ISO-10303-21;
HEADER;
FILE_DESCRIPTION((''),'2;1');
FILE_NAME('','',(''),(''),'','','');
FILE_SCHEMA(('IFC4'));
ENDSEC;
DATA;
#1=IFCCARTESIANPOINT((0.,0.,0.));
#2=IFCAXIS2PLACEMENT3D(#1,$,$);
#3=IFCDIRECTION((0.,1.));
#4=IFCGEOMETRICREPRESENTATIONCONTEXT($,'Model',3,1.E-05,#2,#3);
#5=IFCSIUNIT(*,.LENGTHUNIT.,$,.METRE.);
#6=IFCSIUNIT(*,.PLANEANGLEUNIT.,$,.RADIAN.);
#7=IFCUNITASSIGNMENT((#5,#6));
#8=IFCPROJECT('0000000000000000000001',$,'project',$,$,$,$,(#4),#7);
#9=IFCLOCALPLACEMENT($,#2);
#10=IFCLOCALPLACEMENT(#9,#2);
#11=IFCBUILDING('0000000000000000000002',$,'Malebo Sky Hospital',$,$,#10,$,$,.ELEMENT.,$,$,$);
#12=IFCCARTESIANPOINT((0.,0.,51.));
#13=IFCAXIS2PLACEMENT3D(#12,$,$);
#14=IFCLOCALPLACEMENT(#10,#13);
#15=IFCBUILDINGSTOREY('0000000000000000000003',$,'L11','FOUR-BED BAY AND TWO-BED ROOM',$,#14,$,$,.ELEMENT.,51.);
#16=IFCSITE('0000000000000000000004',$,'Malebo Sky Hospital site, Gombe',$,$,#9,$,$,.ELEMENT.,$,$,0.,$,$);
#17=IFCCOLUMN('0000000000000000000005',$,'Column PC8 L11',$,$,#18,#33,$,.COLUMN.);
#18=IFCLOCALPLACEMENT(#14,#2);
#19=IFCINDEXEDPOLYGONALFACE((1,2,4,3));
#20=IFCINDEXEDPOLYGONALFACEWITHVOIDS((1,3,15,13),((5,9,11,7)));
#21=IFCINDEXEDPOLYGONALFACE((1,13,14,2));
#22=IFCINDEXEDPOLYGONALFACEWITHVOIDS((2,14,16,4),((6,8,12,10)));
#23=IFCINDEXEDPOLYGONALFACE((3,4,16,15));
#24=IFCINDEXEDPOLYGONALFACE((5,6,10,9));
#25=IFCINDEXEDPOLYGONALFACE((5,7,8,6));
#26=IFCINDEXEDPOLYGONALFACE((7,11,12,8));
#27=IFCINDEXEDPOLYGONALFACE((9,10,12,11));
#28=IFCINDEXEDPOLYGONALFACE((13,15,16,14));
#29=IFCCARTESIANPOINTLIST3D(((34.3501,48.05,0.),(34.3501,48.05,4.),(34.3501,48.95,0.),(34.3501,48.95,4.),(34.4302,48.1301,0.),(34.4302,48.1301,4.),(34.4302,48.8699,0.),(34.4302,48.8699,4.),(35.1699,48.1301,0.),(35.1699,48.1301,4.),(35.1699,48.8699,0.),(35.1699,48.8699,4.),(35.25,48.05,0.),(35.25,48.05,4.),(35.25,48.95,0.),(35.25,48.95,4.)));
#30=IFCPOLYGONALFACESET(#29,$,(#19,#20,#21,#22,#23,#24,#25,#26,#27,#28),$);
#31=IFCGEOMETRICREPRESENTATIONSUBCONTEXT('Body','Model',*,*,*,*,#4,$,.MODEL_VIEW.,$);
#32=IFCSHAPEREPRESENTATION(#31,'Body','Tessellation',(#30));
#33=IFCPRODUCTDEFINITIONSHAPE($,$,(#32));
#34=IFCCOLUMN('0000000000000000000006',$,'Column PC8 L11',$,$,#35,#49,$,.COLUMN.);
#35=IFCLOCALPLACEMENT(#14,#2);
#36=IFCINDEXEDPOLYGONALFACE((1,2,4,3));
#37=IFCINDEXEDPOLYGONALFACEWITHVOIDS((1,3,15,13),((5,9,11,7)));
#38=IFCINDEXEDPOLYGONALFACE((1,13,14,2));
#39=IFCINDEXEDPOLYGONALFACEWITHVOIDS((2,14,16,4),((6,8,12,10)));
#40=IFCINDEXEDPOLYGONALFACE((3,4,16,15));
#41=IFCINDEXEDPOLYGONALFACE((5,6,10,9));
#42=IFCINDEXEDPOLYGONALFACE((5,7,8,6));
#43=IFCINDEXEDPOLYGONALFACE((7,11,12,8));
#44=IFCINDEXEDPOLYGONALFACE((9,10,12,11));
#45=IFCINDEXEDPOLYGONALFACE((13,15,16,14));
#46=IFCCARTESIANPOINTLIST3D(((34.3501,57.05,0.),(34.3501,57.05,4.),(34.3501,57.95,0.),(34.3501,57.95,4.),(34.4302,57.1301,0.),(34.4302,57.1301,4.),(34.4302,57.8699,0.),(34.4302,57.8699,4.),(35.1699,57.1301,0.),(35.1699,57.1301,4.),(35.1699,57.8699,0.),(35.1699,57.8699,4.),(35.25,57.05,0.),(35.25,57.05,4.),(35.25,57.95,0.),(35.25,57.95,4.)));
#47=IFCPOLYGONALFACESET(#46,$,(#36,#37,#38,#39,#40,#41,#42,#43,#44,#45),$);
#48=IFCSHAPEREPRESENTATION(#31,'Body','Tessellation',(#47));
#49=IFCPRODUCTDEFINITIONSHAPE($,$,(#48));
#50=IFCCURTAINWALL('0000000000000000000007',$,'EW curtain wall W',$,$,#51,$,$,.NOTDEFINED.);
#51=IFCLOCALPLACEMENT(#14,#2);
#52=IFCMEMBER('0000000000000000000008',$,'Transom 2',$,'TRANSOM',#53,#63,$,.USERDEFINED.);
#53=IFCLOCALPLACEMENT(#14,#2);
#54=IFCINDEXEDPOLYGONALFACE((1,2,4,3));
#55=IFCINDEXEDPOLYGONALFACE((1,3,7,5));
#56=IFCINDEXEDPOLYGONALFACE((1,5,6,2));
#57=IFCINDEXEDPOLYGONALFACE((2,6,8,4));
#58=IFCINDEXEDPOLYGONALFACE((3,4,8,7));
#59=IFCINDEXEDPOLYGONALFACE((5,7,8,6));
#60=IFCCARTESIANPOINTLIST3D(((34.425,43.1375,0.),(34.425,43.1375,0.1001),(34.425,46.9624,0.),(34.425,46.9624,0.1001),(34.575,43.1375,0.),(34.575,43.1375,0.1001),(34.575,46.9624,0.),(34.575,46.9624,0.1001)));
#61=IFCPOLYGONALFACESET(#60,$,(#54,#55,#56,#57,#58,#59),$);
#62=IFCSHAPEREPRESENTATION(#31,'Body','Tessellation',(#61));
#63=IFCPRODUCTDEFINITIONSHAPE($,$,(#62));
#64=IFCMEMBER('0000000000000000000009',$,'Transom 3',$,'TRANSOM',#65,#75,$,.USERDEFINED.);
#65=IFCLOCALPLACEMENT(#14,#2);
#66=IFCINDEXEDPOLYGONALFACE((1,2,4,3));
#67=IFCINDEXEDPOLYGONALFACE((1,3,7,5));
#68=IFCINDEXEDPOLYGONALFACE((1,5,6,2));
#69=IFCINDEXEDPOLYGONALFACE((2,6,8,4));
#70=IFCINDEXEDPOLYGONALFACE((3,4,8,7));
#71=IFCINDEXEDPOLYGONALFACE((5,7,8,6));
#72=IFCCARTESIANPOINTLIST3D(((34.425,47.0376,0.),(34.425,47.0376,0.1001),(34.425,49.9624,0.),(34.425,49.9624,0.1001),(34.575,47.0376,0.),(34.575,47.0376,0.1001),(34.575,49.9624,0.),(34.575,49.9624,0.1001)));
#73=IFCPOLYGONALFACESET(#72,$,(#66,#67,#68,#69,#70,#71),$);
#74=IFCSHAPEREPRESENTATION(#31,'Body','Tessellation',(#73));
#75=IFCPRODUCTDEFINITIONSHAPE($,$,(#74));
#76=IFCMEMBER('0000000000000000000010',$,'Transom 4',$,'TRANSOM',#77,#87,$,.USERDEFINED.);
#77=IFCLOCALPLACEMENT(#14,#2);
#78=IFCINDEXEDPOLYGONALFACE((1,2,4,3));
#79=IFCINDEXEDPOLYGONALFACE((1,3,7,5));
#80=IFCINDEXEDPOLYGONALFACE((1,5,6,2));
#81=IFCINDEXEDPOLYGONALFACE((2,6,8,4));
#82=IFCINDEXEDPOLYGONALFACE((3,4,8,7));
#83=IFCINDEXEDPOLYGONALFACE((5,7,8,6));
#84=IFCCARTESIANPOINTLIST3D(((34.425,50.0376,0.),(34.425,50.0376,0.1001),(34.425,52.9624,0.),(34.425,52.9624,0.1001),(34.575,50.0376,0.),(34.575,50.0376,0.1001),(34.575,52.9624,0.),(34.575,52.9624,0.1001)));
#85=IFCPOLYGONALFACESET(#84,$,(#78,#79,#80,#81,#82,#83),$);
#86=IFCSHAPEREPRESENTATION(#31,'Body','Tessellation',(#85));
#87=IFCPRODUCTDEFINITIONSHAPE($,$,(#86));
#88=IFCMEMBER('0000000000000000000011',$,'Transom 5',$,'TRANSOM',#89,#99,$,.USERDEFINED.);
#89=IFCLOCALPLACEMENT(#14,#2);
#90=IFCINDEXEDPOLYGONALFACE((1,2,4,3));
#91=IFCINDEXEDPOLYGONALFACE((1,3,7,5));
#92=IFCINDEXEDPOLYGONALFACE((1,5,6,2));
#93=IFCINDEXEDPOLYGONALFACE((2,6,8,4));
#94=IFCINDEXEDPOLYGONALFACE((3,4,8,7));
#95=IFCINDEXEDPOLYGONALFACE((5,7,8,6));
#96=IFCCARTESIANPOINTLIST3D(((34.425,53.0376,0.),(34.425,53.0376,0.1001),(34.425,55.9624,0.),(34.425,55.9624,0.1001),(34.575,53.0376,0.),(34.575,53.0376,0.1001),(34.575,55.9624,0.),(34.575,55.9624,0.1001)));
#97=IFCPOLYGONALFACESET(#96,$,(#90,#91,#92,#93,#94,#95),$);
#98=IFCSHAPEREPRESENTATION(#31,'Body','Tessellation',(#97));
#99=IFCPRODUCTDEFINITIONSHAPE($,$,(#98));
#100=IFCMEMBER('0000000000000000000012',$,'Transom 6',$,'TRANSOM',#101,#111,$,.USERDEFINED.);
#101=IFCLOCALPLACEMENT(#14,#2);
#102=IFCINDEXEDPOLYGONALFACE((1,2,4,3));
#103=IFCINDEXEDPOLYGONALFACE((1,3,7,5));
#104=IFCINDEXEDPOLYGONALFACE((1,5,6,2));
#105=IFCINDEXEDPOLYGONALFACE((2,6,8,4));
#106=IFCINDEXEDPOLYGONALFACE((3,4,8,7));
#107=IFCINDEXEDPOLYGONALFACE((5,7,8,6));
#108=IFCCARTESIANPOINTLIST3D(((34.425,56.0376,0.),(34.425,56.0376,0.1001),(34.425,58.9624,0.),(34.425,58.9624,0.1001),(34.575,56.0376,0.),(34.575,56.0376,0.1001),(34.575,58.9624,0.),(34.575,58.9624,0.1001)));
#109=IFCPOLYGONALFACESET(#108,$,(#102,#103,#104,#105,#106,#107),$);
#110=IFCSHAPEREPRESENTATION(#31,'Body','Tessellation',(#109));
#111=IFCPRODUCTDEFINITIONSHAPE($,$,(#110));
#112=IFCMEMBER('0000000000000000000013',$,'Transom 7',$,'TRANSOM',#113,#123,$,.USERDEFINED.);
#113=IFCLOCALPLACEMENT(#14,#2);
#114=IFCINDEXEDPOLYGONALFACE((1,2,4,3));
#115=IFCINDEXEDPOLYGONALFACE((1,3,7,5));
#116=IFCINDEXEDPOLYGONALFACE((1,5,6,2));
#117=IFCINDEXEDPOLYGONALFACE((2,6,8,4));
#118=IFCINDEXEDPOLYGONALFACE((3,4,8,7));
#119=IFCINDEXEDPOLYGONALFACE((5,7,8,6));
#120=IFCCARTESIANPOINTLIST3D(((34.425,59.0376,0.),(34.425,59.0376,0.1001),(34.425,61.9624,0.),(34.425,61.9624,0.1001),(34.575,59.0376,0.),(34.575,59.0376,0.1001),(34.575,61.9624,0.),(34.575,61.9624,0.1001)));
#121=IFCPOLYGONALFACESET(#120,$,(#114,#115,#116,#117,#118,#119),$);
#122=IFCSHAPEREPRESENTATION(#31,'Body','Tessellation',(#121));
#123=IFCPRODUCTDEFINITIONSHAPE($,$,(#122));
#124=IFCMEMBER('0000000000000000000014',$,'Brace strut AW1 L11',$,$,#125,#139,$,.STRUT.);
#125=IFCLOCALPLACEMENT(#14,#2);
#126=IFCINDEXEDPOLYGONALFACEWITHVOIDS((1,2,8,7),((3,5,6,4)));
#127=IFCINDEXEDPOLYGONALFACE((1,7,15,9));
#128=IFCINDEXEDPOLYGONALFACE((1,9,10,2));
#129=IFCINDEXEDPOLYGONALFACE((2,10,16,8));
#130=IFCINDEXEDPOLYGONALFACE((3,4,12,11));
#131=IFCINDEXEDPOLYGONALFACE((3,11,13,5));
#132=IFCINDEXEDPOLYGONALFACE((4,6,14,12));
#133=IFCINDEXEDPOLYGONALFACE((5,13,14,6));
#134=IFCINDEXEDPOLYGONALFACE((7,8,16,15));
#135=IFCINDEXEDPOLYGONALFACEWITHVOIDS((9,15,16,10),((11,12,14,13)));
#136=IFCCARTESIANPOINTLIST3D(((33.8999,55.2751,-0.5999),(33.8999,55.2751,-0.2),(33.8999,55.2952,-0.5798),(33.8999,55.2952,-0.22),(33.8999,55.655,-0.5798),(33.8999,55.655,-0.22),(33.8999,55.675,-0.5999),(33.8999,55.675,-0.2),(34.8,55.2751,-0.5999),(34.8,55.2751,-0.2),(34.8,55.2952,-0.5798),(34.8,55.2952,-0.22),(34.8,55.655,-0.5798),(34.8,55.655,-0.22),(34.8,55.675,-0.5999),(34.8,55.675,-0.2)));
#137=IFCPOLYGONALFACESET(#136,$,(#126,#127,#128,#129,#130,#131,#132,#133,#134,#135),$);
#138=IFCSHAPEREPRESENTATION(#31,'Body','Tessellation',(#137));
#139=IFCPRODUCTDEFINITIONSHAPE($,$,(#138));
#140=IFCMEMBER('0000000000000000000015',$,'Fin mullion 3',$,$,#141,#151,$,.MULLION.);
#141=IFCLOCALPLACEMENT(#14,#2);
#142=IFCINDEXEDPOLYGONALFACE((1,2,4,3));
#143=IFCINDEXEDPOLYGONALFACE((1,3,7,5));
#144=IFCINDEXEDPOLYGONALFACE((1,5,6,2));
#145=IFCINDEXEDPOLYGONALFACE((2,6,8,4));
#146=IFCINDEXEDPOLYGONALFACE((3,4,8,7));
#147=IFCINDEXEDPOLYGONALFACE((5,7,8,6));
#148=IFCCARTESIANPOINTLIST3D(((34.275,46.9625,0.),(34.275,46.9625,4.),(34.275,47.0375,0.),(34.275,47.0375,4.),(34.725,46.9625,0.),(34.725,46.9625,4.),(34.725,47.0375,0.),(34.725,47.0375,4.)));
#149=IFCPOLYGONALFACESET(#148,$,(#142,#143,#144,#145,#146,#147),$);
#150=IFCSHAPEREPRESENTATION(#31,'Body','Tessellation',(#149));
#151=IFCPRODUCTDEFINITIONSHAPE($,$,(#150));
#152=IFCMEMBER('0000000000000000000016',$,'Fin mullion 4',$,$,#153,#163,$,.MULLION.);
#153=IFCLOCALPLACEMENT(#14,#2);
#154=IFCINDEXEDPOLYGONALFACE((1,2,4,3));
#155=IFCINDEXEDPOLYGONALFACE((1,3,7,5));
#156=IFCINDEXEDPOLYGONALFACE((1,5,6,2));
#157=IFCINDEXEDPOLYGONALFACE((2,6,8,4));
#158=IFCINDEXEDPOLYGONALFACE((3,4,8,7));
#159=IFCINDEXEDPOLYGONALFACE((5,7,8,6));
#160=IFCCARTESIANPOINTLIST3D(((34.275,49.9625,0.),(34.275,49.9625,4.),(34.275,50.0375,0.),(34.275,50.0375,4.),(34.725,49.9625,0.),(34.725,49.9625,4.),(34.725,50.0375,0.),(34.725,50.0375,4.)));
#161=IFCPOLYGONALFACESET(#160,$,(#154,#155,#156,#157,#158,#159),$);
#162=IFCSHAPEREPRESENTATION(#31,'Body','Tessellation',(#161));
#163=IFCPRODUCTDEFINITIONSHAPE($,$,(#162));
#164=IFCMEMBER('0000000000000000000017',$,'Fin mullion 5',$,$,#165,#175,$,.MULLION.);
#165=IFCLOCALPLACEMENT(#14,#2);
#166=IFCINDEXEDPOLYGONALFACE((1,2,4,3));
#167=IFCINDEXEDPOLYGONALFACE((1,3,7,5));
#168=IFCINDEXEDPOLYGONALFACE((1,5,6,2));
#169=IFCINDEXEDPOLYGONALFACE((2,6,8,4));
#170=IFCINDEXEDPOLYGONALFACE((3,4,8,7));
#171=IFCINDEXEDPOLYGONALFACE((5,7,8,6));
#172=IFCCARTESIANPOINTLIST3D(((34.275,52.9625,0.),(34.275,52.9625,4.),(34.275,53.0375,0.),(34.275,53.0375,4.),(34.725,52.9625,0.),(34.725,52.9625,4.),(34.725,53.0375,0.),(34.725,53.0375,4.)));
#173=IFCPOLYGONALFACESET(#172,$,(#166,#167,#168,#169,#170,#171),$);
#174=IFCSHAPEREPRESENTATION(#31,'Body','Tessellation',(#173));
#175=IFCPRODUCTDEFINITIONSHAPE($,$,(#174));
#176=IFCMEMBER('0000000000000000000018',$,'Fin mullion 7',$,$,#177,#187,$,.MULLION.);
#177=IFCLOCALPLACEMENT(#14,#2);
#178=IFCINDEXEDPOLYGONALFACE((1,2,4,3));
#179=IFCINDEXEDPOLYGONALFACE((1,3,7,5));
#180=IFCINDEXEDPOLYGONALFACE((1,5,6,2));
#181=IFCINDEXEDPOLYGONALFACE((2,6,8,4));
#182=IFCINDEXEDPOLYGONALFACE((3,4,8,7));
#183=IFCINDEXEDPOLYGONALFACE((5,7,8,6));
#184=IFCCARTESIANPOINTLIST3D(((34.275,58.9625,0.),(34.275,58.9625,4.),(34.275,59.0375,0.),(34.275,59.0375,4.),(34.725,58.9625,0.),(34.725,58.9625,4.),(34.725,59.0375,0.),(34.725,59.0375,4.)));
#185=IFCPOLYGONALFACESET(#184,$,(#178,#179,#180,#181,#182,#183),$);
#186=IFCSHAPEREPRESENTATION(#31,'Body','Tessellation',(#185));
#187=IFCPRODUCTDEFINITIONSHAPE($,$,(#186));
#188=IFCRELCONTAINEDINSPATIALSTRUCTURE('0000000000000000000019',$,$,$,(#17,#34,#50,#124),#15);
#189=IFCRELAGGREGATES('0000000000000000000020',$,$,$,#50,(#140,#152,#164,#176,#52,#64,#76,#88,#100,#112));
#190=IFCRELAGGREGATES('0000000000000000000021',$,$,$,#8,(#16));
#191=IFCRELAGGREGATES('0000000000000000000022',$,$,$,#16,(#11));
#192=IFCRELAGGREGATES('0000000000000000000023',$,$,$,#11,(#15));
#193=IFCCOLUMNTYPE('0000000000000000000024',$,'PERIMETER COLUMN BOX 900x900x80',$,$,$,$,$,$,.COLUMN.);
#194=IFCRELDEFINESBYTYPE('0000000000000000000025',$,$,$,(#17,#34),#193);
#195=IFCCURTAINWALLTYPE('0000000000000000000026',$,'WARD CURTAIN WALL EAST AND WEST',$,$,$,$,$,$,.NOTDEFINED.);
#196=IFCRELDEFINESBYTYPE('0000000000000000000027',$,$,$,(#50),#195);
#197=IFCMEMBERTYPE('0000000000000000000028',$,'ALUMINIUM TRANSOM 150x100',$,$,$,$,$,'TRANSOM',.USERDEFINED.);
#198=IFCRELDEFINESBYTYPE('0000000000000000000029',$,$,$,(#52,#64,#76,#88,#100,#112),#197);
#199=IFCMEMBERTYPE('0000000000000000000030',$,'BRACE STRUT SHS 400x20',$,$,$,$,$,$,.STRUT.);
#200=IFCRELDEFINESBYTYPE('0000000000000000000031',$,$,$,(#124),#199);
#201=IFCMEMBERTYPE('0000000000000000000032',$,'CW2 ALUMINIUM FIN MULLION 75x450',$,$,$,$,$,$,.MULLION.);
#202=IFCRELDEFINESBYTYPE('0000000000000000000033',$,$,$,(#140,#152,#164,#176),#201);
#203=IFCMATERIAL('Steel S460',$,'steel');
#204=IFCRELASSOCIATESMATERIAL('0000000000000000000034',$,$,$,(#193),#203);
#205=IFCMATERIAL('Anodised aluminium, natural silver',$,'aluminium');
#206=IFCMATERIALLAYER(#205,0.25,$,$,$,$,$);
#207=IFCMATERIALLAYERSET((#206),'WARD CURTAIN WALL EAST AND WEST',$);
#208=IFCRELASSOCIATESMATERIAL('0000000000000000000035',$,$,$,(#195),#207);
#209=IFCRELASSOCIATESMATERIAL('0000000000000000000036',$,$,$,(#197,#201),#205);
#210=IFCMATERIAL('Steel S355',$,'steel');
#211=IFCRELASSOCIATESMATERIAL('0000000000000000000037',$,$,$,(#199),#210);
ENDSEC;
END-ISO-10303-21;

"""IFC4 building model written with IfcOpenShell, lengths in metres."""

from ifc_helpers import new_model, si_unit, direction, frame, origin, origin_2d, place, context, subcontext, project, spatial, rectangle, hollow_rectangle, extrude, material, layer, layer_set, material_profile, profile_set, type_object, element, aggregate, save


model = new_model("IFC4")

# Units and contexts
model_context = context("Model", 3, precision=1e-05, world=origin(), true_north=direction((0.0, 1.0)))
body_context = subcontext(model_context, "Body", "Model", "MODEL_VIEW")
ifc_project = project(units=[si_unit("LENGTHUNIT", "METRE"), si_unit("PLANEANGLEUNIT", "RADIAN")], contexts=[model_context])

# Site, building, storey
site_placement = place(None, origin())
site = spatial("IfcSite", under=ifc_project, at=site_placement, Name="Malebo Sky Hospital site, Gombe", CompositionType="ELEMENT", RefElevation=0.0)
building_placement = place(site_placement, origin())
building = spatial("IfcBuilding", under=site, at=building_placement, Name="Malebo Sky Hospital", CompositionType="ELEMENT")
storey_placement = place(building_placement, frame((0.0, 0.0, 51.0)))
storey = spatial("IfcBuildingStorey", under=building, at=storey_placement, Name="L11", Description="FOUR-BED BAY AND TWO-BED ROOM", CompositionType="ELEMENT", Elevation=51.0)

# Columns
ifc_material_1 = material(Name="Steel S460", Category="steel")
ifc_material_profile_1 = material_profile(ifc_material_1, hollow_rectangle(XDim=0.8999, YDim=0.8999, WallThickness=0.0801, at=origin_2d()), Name="BOX 900x900x80")
ifc_profile_set_1 = profile_set([ifc_material_profile_1], Name="Steel S460")
column_type = type_object("IfcColumnType", Name="PERIMETER COLUMN BOX 900x900x80", PredefinedType="COLUMN", material=ifc_profile_set_1)
for number, where, z_axis, x_axis, name in (
    (1, (34.8, 48.5, 0.0), (0.0, 0.0, 1.0), (1.0, 0.0, 0.0), "Column PC8 L11"),
    (2, (34.8, 57.5, 0.0), (0.0, 0.0, 1.0), (1.0, 0.0, 0.0), "Column PC8 L11"),
):
    element("IfcColumn", number, at=place(storey_placement, frame(where, z_axis=z_axis, x_axis=x_axis)), inside=storey, type_object=column_type, Name=name, PredefinedType="COLUMN", context=body_context, shape_type="SweptSolid", body=[
        extrude(hollow_rectangle(XDim=0.8999, YDim=0.8999, WallThickness=0.0801, at=origin_2d()), origin(), (0.0, 0.0, 1.0), 4.0),
    ])

# Curtain wall, members
ifc_material_2 = material(Name="Anodised aluminium, natural silver", Category="aluminium")
ifc_layer_1 = layer(ifc_material_2, 0.25)
ifc_layer_set_1 = layer_set([ifc_layer_1], Name="WARD CURTAIN WALL EAST AND WEST")
curtain_wall_type = type_object("IfcCurtainWallType", Name="WARD CURTAIN WALL EAST AND WEST", PredefinedType="NOTDEFINED", material=ifc_layer_set_1)
curtain_wall_placement = place(storey_placement, origin())
curtain_wall = element("IfcCurtainWall", 3, at=curtain_wall_placement, inside=storey, type_object=curtain_wall_type, Name="EW curtain wall W", PredefinedType="NOTDEFINED")
ifc_material_profile_2 = material_profile(ifc_material_2, rectangle(XDim=0.1499, YDim=0.1001, at=origin_2d()), Name="ALUMINIUM TRANSOM 150x100")
ifc_profile_set_2 = profile_set([ifc_material_profile_2], Name="Anodised aluminium, natural silver")
member_type_1 = type_object("IfcMemberType", Name="ALUMINIUM TRANSOM 150x100", ElementType="TRANSOM", PredefinedType="USERDEFINED", material=ifc_profile_set_2)
member_1_placement = place(storey_placement, frame((34.5, 43.1375, 0.05), z_axis=(0.0, 1.0, 0.0), x_axis=(-1.0, 0.0, 0.0)))
member_1 = element("IfcMember", 4, at=member_1_placement, type_object=member_type_1, Name="Transom 2", ObjectType="TRANSOM", PredefinedType="USERDEFINED", context=body_context, shape_type="SweptSolid", body=[
    extrude(rectangle(XDim=0.1499, YDim=0.1001, at=origin_2d()), origin(), (0.0, 0.0, 1.0), 3.825),
])
member_2_placement = place(storey_placement, frame((34.5, 47.0376, 0.05), z_axis=(0.0, 1.0, 0.0), x_axis=(-1.0, 0.0, 0.0)))
member_2 = element("IfcMember", 5, at=member_2_placement, type_object=member_type_1, Name="Transom 3", ObjectType="TRANSOM", PredefinedType="USERDEFINED", context=body_context, shape_type="SweptSolid", body=[
    extrude(rectangle(XDim=0.1499, YDim=0.1001, at=origin_2d()), origin(), (0.0, 0.0, 1.0), 2.9248),
])
member_3_placement = place(storey_placement, frame((34.5, 50.0376, 0.05), z_axis=(0.0, 1.0, 0.0), x_axis=(-1.0, 0.0, 0.0)))
member_3 = element("IfcMember", 6, at=member_3_placement, type_object=member_type_1, Name="Transom 4", ObjectType="TRANSOM", PredefinedType="USERDEFINED", context=body_context, shape_type="SweptSolid", body=[
    extrude(rectangle(XDim=0.1499, YDim=0.1001, at=origin_2d()), origin(), (0.0, 0.0, 1.0), 2.9248),
])
member_4_placement = place(storey_placement, frame((34.5, 53.0376, 0.05), z_axis=(0.0, 1.0, 0.0), x_axis=(-1.0, 0.0, 0.0)))
member_4 = element("IfcMember", 7, at=member_4_placement, type_object=member_type_1, Name="Transom 5", ObjectType="TRANSOM", PredefinedType="USERDEFINED", context=body_context, shape_type="SweptSolid", body=[
    extrude(rectangle(XDim=0.1499, YDim=0.1001, at=origin_2d()), origin(), (0.0, 0.0, 1.0), 2.9248),
])
member_5_placement = place(storey_placement, frame((34.5, 56.0376, 0.05), z_axis=(0.0, 1.0, 0.0), x_axis=(-1.0, 0.0, 0.0)))
member_5 = element("IfcMember", 8, at=member_5_placement, type_object=member_type_1, Name="Transom 6", ObjectType="TRANSOM", PredefinedType="USERDEFINED", context=body_context, shape_type="SweptSolid", body=[
    extrude(rectangle(XDim=0.1499, YDim=0.1001, at=origin_2d()), origin(), (0.0, 0.0, 1.0), 2.9248),
])
member_6_placement = place(storey_placement, frame((34.5, 59.0376, 0.05), z_axis=(0.0, 1.0, 0.0), x_axis=(-1.0, 0.0, 0.0)))
member_6 = element("IfcMember", 9, at=member_6_placement, type_object=member_type_1, Name="Transom 7", ObjectType="TRANSOM", PredefinedType="USERDEFINED", context=body_context, shape_type="SweptSolid", body=[
    extrude(rectangle(XDim=0.1499, YDim=0.1001, at=origin_2d()), origin(), (0.0, 0.0, 1.0), 2.9248),
])

# Members
ifc_material_3 = material(Name="Steel S355", Category="steel")
ifc_material_profile_3 = material_profile(ifc_material_3, hollow_rectangle(XDim=0.3999, YDim=0.3999, WallThickness=0.02, at=origin_2d()), Name="SHS 400x20")
ifc_profile_set_3 = profile_set([ifc_material_profile_3], Name="Steel S355")
member_type_2 = type_object("IfcMemberType", Name="BRACE STRUT SHS 400x20", PredefinedType="STRUT", material=ifc_profile_set_3)
member_7_placement = place(storey_placement, frame((33.8999, 55.4751, -0.3999), z_axis=(1.0, 0.0, 0.0), x_axis=(0.0, 1.0, 0.0)))
element("IfcMember", 10, at=member_7_placement, inside=storey, type_object=member_type_2, Name="Brace strut AW1 L11", PredefinedType="STRUT", context=body_context, shape_type="SweptSolid", body=[
    extrude(hollow_rectangle(XDim=0.3999, YDim=0.3999, WallThickness=0.02, at=origin_2d()), origin(), (0.0, 0.0, 1.0), 0.9001),
])
ifc_material_profile_4 = material_profile(ifc_material_2, rectangle(XDim=0.075, YDim=0.45, at=origin_2d()), Name="CW2 ALUMINIUM FIN MULLION 75x450")
ifc_profile_set_4 = profile_set([ifc_material_profile_4], Name="Anodised aluminium, natural silver")
member_type_3 = type_object("IfcMemberType", Name="CW2 ALUMINIUM FIN MULLION 75x450", PredefinedType="MULLION", material=ifc_profile_set_4)
member_8_placement = place(storey_placement, frame((34.5, 47.0, 0.0), z_axis=(0.0, 0.0, 1.0), x_axis=(0.0, 1.0, 0.0)))
member_8 = element("IfcMember", 11, at=member_8_placement, type_object=member_type_3, Name="Fin mullion 3", PredefinedType="MULLION", context=body_context, shape_type="SweptSolid", body=[
    extrude(rectangle(XDim=0.075, YDim=0.45, at=origin_2d()), origin(), (0.0, 0.0, 1.0), 4.0),
])
member_9_placement = place(storey_placement, frame((34.5, 50.0, 0.0), z_axis=(0.0, 0.0, 1.0), x_axis=(0.0, 1.0, 0.0)))
member_9 = element("IfcMember", 12, at=member_9_placement, type_object=member_type_3, Name="Fin mullion 4", PredefinedType="MULLION", context=body_context, shape_type="SweptSolid", body=[
    extrude(rectangle(XDim=0.075, YDim=0.45, at=origin_2d()), origin(), (0.0, 0.0, 1.0), 4.0),
])
member_10_placement = place(storey_placement, frame((34.5, 53.0, 0.0), z_axis=(0.0, 0.0, 1.0), x_axis=(0.0, 1.0, 0.0)))
member_10 = element("IfcMember", 13, at=member_10_placement, type_object=member_type_3, Name="Fin mullion 5", PredefinedType="MULLION", context=body_context, shape_type="SweptSolid", body=[
    extrude(rectangle(XDim=0.075, YDim=0.45, at=origin_2d()), origin(), (0.0, 0.0, 1.0), 4.0),
])
member_11_placement = place(storey_placement, frame((34.5, 59.0, 0.0), z_axis=(0.0, 0.0, 1.0), x_axis=(0.0, 1.0, 0.0)))
member_11 = element("IfcMember", 14, at=member_11_placement, type_object=member_type_3, Name="Fin mullion 7", PredefinedType="MULLION", context=body_context, shape_type="SweptSolid", body=[
    extrude(rectangle(XDim=0.075, YDim=0.45, at=origin_2d()), origin(), (0.0, 0.0, 1.0), 4.0),
])

aggregate(curtain_wall, [member_8, member_9, member_10, member_11, member_1, member_2, member_3, member_4, member_5, member_6])

save(model, "model.ifc")
